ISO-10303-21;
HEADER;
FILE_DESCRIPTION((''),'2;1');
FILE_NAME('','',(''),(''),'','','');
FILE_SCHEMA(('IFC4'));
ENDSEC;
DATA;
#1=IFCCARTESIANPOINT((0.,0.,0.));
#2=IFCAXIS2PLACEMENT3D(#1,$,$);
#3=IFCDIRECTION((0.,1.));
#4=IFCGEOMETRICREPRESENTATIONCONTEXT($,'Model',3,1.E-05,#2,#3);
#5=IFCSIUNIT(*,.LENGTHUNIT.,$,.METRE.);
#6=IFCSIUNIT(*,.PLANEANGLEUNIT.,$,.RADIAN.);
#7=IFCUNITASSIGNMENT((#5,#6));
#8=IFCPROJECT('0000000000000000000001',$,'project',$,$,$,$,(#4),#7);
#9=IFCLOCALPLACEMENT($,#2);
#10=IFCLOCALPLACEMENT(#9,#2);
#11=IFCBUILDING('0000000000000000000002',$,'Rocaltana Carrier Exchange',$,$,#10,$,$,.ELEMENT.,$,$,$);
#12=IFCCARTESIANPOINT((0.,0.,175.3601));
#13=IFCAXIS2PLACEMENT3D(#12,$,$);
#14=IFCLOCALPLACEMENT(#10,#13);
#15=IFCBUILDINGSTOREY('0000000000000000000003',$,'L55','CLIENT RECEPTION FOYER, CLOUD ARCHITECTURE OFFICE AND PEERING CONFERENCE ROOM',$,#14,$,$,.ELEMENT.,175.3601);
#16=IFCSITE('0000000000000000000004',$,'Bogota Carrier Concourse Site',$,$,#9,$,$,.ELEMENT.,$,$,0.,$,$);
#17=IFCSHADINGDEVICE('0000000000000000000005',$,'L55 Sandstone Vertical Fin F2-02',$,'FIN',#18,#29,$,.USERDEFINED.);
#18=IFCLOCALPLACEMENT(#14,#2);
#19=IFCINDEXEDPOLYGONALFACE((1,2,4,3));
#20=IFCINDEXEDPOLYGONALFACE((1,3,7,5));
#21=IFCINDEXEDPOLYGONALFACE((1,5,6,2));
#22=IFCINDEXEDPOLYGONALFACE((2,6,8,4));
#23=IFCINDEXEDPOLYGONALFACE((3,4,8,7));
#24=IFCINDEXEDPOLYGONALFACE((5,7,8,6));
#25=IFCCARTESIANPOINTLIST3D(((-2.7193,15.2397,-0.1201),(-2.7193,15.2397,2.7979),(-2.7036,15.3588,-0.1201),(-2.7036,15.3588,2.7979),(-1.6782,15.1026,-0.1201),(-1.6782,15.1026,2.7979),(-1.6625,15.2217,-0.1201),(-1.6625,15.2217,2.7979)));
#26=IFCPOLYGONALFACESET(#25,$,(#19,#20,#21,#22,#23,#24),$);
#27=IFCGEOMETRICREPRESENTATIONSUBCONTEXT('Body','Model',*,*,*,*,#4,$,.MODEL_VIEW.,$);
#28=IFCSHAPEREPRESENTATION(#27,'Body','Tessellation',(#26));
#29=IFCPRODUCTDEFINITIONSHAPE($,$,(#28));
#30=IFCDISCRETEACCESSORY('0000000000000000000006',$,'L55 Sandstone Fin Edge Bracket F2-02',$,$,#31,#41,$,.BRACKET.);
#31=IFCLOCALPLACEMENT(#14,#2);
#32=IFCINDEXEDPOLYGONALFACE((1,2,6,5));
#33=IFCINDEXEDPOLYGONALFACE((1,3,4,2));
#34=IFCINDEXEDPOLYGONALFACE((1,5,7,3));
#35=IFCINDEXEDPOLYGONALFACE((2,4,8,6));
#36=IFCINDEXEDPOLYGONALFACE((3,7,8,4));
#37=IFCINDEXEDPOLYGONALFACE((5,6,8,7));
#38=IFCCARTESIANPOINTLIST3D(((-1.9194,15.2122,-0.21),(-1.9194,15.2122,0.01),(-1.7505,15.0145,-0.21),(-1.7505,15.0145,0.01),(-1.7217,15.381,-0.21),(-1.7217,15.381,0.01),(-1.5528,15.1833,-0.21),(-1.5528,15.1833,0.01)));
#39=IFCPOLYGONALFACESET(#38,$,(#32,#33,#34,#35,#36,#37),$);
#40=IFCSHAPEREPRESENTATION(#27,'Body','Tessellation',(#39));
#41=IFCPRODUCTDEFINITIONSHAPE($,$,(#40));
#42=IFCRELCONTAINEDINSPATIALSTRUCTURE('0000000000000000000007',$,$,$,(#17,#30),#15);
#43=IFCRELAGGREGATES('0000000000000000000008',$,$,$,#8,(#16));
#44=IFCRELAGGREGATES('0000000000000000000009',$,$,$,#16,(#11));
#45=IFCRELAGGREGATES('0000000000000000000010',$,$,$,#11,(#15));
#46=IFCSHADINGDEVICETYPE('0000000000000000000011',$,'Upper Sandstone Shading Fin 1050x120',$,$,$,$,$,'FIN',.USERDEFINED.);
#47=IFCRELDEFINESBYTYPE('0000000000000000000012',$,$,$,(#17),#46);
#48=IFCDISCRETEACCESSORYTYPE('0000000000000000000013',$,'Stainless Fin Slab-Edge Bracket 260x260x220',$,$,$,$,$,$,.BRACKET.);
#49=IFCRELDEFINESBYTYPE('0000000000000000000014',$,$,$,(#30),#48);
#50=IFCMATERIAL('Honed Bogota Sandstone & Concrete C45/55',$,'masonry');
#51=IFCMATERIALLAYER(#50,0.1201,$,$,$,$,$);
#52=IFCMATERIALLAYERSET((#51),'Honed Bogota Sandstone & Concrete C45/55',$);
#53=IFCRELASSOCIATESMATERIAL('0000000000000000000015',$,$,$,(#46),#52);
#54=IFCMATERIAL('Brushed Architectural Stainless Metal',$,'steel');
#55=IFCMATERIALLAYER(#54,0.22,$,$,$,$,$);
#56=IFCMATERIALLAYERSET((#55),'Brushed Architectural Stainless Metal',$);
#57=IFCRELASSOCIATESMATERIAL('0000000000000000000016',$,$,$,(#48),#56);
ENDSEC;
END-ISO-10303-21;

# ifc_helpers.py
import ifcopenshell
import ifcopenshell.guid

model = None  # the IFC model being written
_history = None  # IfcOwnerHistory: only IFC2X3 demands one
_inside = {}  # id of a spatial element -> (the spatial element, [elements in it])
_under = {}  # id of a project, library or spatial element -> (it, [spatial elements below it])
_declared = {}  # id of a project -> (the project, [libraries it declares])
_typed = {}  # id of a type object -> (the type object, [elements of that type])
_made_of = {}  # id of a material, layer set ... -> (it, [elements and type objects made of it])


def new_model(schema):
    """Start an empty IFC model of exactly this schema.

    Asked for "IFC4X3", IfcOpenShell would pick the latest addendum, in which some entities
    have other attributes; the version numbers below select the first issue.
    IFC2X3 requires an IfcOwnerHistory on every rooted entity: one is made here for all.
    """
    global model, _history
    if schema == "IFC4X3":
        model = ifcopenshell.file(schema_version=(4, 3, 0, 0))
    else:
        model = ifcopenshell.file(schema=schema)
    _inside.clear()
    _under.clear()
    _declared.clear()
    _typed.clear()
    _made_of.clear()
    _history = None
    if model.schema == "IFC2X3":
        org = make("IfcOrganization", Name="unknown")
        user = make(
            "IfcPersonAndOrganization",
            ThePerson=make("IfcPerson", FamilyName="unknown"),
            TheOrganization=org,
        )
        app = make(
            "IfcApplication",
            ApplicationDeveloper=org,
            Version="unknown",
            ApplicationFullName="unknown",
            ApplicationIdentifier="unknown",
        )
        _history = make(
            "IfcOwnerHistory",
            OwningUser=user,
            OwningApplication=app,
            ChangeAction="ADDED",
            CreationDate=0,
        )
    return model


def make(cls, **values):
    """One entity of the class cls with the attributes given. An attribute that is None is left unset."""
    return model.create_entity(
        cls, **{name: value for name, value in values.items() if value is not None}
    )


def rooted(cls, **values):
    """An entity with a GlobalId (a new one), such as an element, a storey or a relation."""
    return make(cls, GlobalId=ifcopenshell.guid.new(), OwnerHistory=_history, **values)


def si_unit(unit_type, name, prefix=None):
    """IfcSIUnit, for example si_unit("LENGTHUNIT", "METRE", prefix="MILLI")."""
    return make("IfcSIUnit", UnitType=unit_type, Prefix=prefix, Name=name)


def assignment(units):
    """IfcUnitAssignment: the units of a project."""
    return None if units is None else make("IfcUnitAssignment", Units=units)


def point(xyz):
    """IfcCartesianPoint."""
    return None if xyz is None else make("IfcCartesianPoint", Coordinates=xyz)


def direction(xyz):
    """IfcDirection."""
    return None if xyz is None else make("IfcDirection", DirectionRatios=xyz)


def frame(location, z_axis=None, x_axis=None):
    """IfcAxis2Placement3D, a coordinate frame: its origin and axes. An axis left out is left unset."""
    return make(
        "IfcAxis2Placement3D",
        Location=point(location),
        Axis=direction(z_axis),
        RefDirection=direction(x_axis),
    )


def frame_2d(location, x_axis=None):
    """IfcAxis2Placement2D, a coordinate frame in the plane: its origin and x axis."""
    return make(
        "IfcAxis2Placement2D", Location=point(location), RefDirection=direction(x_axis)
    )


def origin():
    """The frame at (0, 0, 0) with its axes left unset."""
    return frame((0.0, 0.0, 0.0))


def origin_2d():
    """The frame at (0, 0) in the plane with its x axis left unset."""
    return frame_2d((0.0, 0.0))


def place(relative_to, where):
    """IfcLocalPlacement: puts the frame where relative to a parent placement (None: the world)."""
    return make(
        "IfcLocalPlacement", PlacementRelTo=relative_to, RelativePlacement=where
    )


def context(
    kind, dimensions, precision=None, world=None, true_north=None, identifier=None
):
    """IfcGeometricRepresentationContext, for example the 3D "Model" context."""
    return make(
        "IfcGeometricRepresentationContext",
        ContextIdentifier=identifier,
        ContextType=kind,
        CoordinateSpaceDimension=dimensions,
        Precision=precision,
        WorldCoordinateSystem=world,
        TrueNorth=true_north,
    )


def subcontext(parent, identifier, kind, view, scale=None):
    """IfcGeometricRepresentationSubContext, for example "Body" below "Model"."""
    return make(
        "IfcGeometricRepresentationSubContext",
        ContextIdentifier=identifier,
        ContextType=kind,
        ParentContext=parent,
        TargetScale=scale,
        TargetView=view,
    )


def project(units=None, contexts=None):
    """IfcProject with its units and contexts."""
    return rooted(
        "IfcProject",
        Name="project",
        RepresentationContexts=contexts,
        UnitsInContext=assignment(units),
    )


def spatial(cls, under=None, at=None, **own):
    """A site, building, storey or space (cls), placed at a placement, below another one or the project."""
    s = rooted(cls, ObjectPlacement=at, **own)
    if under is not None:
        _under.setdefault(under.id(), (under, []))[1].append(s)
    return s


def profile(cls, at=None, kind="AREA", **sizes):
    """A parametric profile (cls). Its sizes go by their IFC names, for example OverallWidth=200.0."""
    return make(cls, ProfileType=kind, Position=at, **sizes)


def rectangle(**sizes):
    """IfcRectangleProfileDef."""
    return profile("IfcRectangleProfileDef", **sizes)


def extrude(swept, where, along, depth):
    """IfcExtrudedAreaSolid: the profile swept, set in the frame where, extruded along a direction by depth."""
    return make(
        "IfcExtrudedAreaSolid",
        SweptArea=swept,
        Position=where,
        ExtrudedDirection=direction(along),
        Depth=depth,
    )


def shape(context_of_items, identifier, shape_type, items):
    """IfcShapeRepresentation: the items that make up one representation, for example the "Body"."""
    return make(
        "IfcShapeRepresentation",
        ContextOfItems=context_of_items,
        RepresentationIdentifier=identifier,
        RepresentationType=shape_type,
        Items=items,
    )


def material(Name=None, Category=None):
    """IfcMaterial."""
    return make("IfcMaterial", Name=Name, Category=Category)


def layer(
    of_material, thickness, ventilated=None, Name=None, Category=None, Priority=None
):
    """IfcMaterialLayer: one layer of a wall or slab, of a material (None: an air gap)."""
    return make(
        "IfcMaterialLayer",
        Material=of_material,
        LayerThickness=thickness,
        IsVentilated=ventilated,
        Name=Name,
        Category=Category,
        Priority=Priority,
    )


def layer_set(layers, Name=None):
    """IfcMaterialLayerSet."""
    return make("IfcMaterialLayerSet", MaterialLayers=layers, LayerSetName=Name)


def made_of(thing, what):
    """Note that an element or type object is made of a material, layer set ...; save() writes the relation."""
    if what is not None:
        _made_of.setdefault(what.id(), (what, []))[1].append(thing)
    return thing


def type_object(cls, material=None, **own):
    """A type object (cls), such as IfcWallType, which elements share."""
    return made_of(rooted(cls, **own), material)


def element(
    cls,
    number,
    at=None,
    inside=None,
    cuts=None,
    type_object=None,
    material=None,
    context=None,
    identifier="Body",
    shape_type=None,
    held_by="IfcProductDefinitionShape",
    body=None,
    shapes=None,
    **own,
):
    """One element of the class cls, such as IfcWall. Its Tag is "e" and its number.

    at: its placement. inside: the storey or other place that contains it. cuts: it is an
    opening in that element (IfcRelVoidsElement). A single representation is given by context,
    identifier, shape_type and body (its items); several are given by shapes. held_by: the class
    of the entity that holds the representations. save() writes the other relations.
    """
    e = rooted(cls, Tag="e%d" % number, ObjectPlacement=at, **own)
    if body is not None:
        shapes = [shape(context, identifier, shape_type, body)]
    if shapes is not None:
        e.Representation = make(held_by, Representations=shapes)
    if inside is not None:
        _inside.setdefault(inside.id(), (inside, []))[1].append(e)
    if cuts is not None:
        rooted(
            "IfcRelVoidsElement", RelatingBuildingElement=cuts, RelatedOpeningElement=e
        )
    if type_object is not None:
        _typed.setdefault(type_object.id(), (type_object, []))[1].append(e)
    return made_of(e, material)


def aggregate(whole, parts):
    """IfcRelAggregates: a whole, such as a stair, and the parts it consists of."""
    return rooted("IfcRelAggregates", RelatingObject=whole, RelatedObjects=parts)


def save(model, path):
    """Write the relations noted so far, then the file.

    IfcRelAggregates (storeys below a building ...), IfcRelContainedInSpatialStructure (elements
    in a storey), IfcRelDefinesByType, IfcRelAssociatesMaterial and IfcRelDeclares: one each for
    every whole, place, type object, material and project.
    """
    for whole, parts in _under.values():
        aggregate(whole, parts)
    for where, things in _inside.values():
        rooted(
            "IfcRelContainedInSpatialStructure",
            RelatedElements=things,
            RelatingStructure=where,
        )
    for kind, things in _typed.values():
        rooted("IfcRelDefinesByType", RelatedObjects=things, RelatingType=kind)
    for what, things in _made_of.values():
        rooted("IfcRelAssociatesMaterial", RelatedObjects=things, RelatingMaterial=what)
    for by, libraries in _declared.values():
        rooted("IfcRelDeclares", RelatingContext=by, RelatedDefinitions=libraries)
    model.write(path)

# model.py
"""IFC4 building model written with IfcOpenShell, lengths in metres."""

from ifc_helpers import new_model, si_unit, direction, frame, origin, origin_2d, place, context, subcontext, project, spatial, rectangle, extrude, material, layer, layer_set, type_object, element, save


model = new_model("IFC4")

# Units and contexts
model_context = context("Model", 3, precision=1e-05, world=origin(), true_north=direction((0.0, 1.0)))
body_context = subcontext(model_context, "Body", "Model", "MODEL_VIEW")
ifc_project = project(units=[si_unit("LENGTHUNIT", "METRE"), si_unit("PLANEANGLEUNIT", "RADIAN")], contexts=[model_context])

# Site, building, storey
site_placement = place(None, origin())
site = spatial("IfcSite", under=ifc_project, at=site_placement, Name="Bogota Carrier Concourse Site", CompositionType="ELEMENT", RefElevation=0.0)
building_placement = place(site_placement, origin())
building = spatial("IfcBuilding", under=site, at=building_placement, Name="Rocaltana Carrier Exchange", CompositionType="ELEMENT")
storey_placement = place(building_placement, frame((0.0, 0.0, 175.3601)))
storey = spatial("IfcBuildingStorey", under=building, at=storey_placement, Name="L55", Description="CLIENT RECEPTION FOYER, CLOUD ARCHITECTURE OFFICE AND PEERING CONFERENCE ROOM", CompositionType="ELEMENT", Elevation=175.3601)

# Shading device
ifc_material_1 = material(Name="Honed Bogota Sandstone & Concrete C45/55", Category="masonry")
ifc_layer_1 = layer(ifc_material_1, 0.1201)
ifc_layer_set_1 = layer_set([ifc_layer_1], Name="Honed Bogota Sandstone & Concrete C45/55")
shading_device_type = type_object("IfcShadingDeviceType", Name="Upper Sandstone Shading Fin 1050x120", ElementType="FIN", PredefinedType="USERDEFINED", material=ifc_layer_set_1)
shading_device_placement = place(storey_placement, frame((-2.1909, 15.2307, -0.1201), z_axis=(0.0, 0.0, 1.0), x_axis=(-0.991445, 0.130526, 0.0)))
element("IfcShadingDevice", 1, at=shading_device_placement, inside=storey, type_object=shading_device_type, Name="L55 Sandstone Vertical Fin F2-02", ObjectType="FIN", PredefinedType="USERDEFINED", context=body_context, shape_type="SweptSolid", body=[
    extrude(rectangle(XDim=1.05, YDim=0.1201, at=origin_2d()), origin(), (0.0, 0.0, 1.0), 2.918),
])

# Discrete accessory
ifc_material_2 = material(Name="Brushed Architectural Stainless Metal", Category="steel")
ifc_layer_2 = layer(ifc_material_2, 0.22)
ifc_layer_set_2 = layer_set([ifc_layer_2], Name="Brushed Architectural Stainless Metal")
discrete_accessory_type = type_object("IfcDiscreteAccessoryType", Name="Stainless Fin Slab-Edge Bracket 260x260x220", PredefinedType="BRACKET", material=ifc_layer_set_2)
discrete_accessory_placement = place(storey_placement, frame((-1.7361, 15.1978, -0.21), z_axis=(0.0, 0.0, 1.0), x_axis=(-0.760406, -0.649448, 0.0)))
element("IfcDiscreteAccessory", 2, at=discrete_accessory_placement, inside=storey, type_object=discrete_accessory_type, Name="L55 Sandstone Fin Edge Bracket F2-02", PredefinedType="BRACKET", context=body_context, shape_type="SweptSolid", body=[
    extrude(rectangle(XDim=0.26, YDim=0.26, at=origin_2d()), origin(), (0.0, 0.0, 1.0), 0.22),
])

save(model, "model.ifc")
